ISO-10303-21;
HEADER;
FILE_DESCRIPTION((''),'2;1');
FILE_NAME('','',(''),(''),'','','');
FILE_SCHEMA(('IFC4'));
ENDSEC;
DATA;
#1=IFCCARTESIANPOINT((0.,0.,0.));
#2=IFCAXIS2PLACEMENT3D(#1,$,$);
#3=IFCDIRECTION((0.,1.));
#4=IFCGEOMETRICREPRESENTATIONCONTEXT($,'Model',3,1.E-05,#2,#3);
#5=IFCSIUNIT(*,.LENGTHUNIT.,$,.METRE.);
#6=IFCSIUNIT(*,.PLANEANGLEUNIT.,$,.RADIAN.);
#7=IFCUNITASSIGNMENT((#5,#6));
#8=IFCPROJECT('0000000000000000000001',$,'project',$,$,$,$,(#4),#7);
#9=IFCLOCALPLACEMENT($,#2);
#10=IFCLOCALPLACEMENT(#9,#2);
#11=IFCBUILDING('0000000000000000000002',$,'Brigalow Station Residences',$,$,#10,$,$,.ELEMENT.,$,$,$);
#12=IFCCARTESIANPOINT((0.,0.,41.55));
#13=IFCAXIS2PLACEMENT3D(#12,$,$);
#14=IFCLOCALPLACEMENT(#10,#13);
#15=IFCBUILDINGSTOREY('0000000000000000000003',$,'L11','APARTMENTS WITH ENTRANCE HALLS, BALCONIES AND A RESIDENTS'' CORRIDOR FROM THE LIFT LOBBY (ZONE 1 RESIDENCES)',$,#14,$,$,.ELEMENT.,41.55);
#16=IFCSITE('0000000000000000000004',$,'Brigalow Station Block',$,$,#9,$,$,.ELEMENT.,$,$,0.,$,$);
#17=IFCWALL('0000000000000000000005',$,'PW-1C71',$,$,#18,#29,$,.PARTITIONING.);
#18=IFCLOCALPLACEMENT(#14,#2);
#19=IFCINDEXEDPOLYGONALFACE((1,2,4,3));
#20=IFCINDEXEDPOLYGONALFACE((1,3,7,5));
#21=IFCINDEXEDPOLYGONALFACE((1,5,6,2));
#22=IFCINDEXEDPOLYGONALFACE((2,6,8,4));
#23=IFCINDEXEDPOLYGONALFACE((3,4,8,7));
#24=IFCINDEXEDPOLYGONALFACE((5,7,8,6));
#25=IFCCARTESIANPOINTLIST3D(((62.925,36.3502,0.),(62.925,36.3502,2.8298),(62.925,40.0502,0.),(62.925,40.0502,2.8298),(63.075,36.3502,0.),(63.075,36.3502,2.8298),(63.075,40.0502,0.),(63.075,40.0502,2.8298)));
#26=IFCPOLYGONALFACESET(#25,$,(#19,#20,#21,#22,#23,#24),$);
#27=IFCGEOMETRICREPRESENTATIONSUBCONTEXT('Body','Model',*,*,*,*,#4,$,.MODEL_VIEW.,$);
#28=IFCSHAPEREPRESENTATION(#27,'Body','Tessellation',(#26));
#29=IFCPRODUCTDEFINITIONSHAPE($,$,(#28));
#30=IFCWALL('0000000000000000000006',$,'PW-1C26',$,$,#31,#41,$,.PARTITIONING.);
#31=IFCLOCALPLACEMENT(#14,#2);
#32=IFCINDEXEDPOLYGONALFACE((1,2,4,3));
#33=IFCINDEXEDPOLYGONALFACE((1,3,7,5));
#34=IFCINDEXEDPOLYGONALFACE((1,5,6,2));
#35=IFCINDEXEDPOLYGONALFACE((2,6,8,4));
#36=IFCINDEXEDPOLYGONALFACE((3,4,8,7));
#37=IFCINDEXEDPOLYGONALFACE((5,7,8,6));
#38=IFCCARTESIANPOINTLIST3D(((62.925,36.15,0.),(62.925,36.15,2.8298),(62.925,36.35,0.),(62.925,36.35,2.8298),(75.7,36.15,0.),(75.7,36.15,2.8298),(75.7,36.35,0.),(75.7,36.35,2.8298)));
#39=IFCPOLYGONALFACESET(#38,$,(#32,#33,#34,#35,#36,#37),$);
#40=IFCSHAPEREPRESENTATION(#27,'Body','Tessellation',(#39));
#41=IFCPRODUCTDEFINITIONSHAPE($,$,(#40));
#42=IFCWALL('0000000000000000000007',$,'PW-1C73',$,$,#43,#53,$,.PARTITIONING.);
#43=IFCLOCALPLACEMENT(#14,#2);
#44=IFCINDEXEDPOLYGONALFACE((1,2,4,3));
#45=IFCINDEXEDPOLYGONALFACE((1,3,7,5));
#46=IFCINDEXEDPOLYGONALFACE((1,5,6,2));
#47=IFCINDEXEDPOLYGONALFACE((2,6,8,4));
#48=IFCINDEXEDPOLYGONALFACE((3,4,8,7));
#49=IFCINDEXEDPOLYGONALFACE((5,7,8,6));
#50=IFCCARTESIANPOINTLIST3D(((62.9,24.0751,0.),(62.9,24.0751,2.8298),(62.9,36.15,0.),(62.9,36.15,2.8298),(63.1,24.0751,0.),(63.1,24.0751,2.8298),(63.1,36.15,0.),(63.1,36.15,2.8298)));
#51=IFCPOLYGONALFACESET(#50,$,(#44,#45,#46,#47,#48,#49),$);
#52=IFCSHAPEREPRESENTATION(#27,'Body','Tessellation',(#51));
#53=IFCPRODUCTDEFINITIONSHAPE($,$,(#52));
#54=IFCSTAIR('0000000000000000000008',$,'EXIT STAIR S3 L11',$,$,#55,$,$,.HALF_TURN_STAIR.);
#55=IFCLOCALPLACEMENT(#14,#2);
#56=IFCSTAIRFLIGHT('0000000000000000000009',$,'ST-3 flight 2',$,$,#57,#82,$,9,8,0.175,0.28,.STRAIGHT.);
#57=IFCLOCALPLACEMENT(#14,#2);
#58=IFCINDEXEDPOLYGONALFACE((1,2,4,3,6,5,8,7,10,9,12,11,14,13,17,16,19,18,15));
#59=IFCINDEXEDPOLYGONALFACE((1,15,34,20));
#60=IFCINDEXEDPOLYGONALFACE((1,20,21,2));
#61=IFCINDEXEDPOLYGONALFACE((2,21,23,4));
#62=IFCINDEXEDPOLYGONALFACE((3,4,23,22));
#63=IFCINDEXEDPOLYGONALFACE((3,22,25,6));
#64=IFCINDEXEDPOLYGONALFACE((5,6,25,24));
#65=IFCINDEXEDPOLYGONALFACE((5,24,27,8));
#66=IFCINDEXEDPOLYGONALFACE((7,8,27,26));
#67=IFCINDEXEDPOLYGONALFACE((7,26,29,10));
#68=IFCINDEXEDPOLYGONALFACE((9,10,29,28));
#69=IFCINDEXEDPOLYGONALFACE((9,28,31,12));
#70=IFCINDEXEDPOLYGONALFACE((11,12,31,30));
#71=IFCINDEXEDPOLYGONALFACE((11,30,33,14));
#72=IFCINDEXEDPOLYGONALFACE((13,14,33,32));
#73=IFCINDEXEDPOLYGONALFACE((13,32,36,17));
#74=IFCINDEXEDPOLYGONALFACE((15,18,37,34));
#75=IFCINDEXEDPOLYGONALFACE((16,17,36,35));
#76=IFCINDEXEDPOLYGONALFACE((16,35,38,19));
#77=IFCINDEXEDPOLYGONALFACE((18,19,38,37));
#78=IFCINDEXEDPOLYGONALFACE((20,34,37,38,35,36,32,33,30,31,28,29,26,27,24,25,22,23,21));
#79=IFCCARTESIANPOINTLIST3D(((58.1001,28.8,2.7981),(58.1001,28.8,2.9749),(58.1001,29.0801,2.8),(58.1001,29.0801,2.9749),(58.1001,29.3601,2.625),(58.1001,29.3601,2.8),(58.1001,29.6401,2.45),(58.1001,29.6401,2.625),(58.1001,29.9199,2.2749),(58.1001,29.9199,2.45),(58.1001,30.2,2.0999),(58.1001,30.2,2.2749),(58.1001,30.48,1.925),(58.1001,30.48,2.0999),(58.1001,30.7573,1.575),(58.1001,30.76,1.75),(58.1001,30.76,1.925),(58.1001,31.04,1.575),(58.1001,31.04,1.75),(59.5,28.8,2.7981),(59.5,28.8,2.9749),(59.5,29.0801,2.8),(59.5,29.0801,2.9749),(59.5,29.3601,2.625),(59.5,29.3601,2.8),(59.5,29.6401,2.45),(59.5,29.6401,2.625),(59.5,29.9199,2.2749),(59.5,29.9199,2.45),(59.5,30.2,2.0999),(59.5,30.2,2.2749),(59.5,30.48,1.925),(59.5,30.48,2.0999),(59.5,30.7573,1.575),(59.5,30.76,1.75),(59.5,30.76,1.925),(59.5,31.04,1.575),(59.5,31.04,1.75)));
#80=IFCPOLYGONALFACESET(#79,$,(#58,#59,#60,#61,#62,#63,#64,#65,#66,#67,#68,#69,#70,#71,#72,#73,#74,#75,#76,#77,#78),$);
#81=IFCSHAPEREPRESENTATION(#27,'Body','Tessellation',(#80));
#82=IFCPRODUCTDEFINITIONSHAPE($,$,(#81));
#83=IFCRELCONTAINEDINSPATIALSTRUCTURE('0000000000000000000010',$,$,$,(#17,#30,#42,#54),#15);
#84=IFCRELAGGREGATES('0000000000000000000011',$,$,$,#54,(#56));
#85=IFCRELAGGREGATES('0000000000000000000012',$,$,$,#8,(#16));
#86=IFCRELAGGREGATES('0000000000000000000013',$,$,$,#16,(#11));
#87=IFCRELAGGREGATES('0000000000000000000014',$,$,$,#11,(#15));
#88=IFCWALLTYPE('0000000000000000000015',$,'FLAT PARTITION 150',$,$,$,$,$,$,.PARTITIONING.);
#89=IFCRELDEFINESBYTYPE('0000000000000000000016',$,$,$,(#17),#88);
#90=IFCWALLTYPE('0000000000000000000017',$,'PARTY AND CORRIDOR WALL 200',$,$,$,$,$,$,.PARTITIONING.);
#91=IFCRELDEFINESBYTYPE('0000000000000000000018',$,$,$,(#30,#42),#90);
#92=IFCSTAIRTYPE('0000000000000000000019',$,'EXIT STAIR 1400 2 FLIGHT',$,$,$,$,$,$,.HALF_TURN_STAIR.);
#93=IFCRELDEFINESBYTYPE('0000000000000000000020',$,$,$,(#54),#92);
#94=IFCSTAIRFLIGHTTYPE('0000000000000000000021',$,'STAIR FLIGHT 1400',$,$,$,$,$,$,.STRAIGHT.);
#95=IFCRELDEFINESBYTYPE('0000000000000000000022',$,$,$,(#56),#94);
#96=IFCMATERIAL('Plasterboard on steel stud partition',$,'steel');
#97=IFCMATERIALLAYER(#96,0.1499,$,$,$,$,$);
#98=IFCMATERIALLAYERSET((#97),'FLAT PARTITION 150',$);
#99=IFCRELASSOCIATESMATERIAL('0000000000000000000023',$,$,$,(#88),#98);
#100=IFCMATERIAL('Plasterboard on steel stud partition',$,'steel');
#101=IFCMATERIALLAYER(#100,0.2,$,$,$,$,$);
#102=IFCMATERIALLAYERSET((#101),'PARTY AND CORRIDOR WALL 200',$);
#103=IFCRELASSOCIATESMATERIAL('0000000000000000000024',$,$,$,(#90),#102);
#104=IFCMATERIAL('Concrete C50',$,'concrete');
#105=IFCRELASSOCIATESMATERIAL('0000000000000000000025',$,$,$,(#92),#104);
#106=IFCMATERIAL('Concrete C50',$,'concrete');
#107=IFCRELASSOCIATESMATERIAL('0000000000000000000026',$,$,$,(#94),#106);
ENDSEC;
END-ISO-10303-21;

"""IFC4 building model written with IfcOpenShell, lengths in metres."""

from ifc_helpers import new_model, si_unit, direction, frame, frame_2d, origin, place, context, subcontext, project, spatial, polyline, rectangle, outline, extrude, material, layer, layer_set, type_object, element, aggregate, save


model = new_model("IFC4")

# Units and contexts
model_context = context("Model", 3, precision=1e-05, world=origin(), true_north=direction((0.0, 1.0)))
body_context = subcontext(model_context, "Body", "Model", "MODEL_VIEW")
ifc_project = project(units=[si_unit("LENGTHUNIT", "METRE"), si_unit("PLANEANGLEUNIT", "RADIAN")], contexts=[model_context])

# Site, building, storey
site_placement = place(None, origin())
site = spatial("IfcSite", under=ifc_project, at=site_placement, Name="Brigalow Station Block", CompositionType="ELEMENT", RefElevation=0.0)
building_placement = place(site_placement, origin())
building = spatial("IfcBuilding", under=site, at=building_placement, Name="Brigalow Station Residences", CompositionType="ELEMENT")
storey_placement = place(building_placement, frame((0.0, 0.0, 41.55)))
storey = spatial("IfcBuildingStorey", under=building, at=storey_placement, Name="L11", Description="APARTMENTS WITH ENTRANCE HALLS, BALCONIES AND A RESIDENTS' CORRIDOR FROM THE LIFT LOBBY (ZONE 1 RESIDENCES)", CompositionType="ELEMENT", Elevation=41.55)

# Shared definitions
ifc_material_1 = material(Name="Plasterboard on steel stud partition", Category="steel")
ifc_layer_1 = layer(ifc_material_1, 0.1499)
ifc_layer_set_1 = layer_set([ifc_layer_1], Name="FLAT PARTITION 150")
wall_type_1 = type_object("IfcWallType", Name="FLAT PARTITION 150", PredefinedType="PARTITIONING", material=ifc_layer_set_1)

# Walls
wall_1_placement = place(storey_placement, frame((63.0, 36.3501, 0.0), z_axis=(0.0, 0.0, 1.0), x_axis=(0.0, 1.0, 0.0)))
element("IfcWall", 1, at=wall_1_placement, inside=storey, type_object=wall_type_1, Name="PW-1C71", PredefinedType="PARTITIONING", context=body_context, shape_type="SweptSolid", body=[
    extrude(rectangle(XDim=3.7, YDim=0.1499, at=frame_2d((1.8501, 0.0))), origin(), (0.0, 0.0, 1.0), 2.8298),
])
ifc_material_2 = material(Name="Plasterboard on steel stud partition", Category="steel")
ifc_layer_2 = layer(ifc_material_2, 0.2)
ifc_layer_set_2 = layer_set([ifc_layer_2], Name="PARTY AND CORRIDOR WALL 200")
wall_type_2 = type_object("IfcWallType", Name="PARTY AND CORRIDOR WALL 200", PredefinedType="PARTITIONING", material=ifc_layer_set_2)
wall_2_placement = place(storey_placement, frame((62.925, 36.25, 0.0), z_axis=(0.0, 0.0, 1.0), x_axis=(1.0, 0.0, 0.0)))
element("IfcWall", 2, at=wall_2_placement, inside=storey, type_object=wall_type_2, Name="PW-1C26", PredefinedType="PARTITIONING", context=body_context, shape_type="SweptSolid", body=[
    extrude(rectangle(XDim=12.7749, YDim=0.2, at=frame_2d((6.3875, 0.0))), origin(), (0.0, 0.0, 1.0), 2.8298),
])
wall_3_placement = place(storey_placement, frame((63.0, 24.075, 0.0), z_axis=(0.0, 0.0, 1.0), x_axis=(0.0, 1.0, 0.0)))
element("IfcWall", 3, at=wall_3_placement, inside=storey, type_object=wall_type_2, Name="PW-1C73", PredefinedType="PARTITIONING", context=body_context, shape_type="SweptSolid", body=[
    extrude(rectangle(XDim=12.075, YDim=0.2, at=frame_2d((6.0376, 0.0))), origin(), (0.0, 0.0, 1.0), 2.8298),
])

# Stair, stair flight
ifc_material_3 = material(Name="Concrete C50", Category="concrete")
stair_type = type_object("IfcStairType", Name="EXIT STAIR 1400 2 FLIGHT", PredefinedType="HALF_TURN_STAIR", material=ifc_material_3)
stair_placement = place(storey_placement, origin())
stair = element("IfcStair", 4, at=stair_placement, inside=storey, type_object=stair_type, Name="EXIT STAIR S3 L11", PredefinedType="HALF_TURN_STAIR")
ifc_material_4 = material(Name="Concrete C50", Category="concrete")
stair_flight_type = type_object("IfcStairFlightType", Name="STAIR FLIGHT 1400", PredefinedType="STRAIGHT", material=ifc_material_4)
stair_flight_placement = place(storey_placement, frame((58.8, 31.04, 1.575), z_axis=(0.0, 0.0, 1.0), x_axis=(0.0, -1.0, 0.0)))
stair_flight = element("IfcStairFlight", 5, at=stair_flight_placement, type_object=stair_flight_type, Name="ST-3 flight 2", NumberOfRisers=9, NumberOfTreads=8, PredefinedType="STRAIGHT", RiserHeight=0.175, TreadLength=0.28, context=body_context, shape_type="SweptSolid", body=[
    extrude(outline(polyline([(0.0, 0.0), (0.0, 0.175), (0.28, 0.175), (0.28, 0.3501), (0.5601, 0.3501), (0.5601, 0.5249), (0.8401, 0.5249), (0.8401, 0.7), (1.1201, 0.7), (1.1201, 0.875), (1.3999, 0.875), (1.3999, 1.05), (1.6799, 1.05), (1.6799, 1.2251), (1.96, 1.2251), (1.96, 1.3999), (2.24, 1.3999), (2.24, 1.575), (2.24, 1.2231), (0.2827, 0.0), (0.0, 0.0)])), frame((0.0, 0.7, 0.0), z_axis=(0.0, -1.0, 0.0), x_axis=(1.0, 0.0, 0.0)), (0.0, 0.0, 1.0), 1.3999),
])
aggregate(stair, [stair_flight])

save(model, "model.ifc")
